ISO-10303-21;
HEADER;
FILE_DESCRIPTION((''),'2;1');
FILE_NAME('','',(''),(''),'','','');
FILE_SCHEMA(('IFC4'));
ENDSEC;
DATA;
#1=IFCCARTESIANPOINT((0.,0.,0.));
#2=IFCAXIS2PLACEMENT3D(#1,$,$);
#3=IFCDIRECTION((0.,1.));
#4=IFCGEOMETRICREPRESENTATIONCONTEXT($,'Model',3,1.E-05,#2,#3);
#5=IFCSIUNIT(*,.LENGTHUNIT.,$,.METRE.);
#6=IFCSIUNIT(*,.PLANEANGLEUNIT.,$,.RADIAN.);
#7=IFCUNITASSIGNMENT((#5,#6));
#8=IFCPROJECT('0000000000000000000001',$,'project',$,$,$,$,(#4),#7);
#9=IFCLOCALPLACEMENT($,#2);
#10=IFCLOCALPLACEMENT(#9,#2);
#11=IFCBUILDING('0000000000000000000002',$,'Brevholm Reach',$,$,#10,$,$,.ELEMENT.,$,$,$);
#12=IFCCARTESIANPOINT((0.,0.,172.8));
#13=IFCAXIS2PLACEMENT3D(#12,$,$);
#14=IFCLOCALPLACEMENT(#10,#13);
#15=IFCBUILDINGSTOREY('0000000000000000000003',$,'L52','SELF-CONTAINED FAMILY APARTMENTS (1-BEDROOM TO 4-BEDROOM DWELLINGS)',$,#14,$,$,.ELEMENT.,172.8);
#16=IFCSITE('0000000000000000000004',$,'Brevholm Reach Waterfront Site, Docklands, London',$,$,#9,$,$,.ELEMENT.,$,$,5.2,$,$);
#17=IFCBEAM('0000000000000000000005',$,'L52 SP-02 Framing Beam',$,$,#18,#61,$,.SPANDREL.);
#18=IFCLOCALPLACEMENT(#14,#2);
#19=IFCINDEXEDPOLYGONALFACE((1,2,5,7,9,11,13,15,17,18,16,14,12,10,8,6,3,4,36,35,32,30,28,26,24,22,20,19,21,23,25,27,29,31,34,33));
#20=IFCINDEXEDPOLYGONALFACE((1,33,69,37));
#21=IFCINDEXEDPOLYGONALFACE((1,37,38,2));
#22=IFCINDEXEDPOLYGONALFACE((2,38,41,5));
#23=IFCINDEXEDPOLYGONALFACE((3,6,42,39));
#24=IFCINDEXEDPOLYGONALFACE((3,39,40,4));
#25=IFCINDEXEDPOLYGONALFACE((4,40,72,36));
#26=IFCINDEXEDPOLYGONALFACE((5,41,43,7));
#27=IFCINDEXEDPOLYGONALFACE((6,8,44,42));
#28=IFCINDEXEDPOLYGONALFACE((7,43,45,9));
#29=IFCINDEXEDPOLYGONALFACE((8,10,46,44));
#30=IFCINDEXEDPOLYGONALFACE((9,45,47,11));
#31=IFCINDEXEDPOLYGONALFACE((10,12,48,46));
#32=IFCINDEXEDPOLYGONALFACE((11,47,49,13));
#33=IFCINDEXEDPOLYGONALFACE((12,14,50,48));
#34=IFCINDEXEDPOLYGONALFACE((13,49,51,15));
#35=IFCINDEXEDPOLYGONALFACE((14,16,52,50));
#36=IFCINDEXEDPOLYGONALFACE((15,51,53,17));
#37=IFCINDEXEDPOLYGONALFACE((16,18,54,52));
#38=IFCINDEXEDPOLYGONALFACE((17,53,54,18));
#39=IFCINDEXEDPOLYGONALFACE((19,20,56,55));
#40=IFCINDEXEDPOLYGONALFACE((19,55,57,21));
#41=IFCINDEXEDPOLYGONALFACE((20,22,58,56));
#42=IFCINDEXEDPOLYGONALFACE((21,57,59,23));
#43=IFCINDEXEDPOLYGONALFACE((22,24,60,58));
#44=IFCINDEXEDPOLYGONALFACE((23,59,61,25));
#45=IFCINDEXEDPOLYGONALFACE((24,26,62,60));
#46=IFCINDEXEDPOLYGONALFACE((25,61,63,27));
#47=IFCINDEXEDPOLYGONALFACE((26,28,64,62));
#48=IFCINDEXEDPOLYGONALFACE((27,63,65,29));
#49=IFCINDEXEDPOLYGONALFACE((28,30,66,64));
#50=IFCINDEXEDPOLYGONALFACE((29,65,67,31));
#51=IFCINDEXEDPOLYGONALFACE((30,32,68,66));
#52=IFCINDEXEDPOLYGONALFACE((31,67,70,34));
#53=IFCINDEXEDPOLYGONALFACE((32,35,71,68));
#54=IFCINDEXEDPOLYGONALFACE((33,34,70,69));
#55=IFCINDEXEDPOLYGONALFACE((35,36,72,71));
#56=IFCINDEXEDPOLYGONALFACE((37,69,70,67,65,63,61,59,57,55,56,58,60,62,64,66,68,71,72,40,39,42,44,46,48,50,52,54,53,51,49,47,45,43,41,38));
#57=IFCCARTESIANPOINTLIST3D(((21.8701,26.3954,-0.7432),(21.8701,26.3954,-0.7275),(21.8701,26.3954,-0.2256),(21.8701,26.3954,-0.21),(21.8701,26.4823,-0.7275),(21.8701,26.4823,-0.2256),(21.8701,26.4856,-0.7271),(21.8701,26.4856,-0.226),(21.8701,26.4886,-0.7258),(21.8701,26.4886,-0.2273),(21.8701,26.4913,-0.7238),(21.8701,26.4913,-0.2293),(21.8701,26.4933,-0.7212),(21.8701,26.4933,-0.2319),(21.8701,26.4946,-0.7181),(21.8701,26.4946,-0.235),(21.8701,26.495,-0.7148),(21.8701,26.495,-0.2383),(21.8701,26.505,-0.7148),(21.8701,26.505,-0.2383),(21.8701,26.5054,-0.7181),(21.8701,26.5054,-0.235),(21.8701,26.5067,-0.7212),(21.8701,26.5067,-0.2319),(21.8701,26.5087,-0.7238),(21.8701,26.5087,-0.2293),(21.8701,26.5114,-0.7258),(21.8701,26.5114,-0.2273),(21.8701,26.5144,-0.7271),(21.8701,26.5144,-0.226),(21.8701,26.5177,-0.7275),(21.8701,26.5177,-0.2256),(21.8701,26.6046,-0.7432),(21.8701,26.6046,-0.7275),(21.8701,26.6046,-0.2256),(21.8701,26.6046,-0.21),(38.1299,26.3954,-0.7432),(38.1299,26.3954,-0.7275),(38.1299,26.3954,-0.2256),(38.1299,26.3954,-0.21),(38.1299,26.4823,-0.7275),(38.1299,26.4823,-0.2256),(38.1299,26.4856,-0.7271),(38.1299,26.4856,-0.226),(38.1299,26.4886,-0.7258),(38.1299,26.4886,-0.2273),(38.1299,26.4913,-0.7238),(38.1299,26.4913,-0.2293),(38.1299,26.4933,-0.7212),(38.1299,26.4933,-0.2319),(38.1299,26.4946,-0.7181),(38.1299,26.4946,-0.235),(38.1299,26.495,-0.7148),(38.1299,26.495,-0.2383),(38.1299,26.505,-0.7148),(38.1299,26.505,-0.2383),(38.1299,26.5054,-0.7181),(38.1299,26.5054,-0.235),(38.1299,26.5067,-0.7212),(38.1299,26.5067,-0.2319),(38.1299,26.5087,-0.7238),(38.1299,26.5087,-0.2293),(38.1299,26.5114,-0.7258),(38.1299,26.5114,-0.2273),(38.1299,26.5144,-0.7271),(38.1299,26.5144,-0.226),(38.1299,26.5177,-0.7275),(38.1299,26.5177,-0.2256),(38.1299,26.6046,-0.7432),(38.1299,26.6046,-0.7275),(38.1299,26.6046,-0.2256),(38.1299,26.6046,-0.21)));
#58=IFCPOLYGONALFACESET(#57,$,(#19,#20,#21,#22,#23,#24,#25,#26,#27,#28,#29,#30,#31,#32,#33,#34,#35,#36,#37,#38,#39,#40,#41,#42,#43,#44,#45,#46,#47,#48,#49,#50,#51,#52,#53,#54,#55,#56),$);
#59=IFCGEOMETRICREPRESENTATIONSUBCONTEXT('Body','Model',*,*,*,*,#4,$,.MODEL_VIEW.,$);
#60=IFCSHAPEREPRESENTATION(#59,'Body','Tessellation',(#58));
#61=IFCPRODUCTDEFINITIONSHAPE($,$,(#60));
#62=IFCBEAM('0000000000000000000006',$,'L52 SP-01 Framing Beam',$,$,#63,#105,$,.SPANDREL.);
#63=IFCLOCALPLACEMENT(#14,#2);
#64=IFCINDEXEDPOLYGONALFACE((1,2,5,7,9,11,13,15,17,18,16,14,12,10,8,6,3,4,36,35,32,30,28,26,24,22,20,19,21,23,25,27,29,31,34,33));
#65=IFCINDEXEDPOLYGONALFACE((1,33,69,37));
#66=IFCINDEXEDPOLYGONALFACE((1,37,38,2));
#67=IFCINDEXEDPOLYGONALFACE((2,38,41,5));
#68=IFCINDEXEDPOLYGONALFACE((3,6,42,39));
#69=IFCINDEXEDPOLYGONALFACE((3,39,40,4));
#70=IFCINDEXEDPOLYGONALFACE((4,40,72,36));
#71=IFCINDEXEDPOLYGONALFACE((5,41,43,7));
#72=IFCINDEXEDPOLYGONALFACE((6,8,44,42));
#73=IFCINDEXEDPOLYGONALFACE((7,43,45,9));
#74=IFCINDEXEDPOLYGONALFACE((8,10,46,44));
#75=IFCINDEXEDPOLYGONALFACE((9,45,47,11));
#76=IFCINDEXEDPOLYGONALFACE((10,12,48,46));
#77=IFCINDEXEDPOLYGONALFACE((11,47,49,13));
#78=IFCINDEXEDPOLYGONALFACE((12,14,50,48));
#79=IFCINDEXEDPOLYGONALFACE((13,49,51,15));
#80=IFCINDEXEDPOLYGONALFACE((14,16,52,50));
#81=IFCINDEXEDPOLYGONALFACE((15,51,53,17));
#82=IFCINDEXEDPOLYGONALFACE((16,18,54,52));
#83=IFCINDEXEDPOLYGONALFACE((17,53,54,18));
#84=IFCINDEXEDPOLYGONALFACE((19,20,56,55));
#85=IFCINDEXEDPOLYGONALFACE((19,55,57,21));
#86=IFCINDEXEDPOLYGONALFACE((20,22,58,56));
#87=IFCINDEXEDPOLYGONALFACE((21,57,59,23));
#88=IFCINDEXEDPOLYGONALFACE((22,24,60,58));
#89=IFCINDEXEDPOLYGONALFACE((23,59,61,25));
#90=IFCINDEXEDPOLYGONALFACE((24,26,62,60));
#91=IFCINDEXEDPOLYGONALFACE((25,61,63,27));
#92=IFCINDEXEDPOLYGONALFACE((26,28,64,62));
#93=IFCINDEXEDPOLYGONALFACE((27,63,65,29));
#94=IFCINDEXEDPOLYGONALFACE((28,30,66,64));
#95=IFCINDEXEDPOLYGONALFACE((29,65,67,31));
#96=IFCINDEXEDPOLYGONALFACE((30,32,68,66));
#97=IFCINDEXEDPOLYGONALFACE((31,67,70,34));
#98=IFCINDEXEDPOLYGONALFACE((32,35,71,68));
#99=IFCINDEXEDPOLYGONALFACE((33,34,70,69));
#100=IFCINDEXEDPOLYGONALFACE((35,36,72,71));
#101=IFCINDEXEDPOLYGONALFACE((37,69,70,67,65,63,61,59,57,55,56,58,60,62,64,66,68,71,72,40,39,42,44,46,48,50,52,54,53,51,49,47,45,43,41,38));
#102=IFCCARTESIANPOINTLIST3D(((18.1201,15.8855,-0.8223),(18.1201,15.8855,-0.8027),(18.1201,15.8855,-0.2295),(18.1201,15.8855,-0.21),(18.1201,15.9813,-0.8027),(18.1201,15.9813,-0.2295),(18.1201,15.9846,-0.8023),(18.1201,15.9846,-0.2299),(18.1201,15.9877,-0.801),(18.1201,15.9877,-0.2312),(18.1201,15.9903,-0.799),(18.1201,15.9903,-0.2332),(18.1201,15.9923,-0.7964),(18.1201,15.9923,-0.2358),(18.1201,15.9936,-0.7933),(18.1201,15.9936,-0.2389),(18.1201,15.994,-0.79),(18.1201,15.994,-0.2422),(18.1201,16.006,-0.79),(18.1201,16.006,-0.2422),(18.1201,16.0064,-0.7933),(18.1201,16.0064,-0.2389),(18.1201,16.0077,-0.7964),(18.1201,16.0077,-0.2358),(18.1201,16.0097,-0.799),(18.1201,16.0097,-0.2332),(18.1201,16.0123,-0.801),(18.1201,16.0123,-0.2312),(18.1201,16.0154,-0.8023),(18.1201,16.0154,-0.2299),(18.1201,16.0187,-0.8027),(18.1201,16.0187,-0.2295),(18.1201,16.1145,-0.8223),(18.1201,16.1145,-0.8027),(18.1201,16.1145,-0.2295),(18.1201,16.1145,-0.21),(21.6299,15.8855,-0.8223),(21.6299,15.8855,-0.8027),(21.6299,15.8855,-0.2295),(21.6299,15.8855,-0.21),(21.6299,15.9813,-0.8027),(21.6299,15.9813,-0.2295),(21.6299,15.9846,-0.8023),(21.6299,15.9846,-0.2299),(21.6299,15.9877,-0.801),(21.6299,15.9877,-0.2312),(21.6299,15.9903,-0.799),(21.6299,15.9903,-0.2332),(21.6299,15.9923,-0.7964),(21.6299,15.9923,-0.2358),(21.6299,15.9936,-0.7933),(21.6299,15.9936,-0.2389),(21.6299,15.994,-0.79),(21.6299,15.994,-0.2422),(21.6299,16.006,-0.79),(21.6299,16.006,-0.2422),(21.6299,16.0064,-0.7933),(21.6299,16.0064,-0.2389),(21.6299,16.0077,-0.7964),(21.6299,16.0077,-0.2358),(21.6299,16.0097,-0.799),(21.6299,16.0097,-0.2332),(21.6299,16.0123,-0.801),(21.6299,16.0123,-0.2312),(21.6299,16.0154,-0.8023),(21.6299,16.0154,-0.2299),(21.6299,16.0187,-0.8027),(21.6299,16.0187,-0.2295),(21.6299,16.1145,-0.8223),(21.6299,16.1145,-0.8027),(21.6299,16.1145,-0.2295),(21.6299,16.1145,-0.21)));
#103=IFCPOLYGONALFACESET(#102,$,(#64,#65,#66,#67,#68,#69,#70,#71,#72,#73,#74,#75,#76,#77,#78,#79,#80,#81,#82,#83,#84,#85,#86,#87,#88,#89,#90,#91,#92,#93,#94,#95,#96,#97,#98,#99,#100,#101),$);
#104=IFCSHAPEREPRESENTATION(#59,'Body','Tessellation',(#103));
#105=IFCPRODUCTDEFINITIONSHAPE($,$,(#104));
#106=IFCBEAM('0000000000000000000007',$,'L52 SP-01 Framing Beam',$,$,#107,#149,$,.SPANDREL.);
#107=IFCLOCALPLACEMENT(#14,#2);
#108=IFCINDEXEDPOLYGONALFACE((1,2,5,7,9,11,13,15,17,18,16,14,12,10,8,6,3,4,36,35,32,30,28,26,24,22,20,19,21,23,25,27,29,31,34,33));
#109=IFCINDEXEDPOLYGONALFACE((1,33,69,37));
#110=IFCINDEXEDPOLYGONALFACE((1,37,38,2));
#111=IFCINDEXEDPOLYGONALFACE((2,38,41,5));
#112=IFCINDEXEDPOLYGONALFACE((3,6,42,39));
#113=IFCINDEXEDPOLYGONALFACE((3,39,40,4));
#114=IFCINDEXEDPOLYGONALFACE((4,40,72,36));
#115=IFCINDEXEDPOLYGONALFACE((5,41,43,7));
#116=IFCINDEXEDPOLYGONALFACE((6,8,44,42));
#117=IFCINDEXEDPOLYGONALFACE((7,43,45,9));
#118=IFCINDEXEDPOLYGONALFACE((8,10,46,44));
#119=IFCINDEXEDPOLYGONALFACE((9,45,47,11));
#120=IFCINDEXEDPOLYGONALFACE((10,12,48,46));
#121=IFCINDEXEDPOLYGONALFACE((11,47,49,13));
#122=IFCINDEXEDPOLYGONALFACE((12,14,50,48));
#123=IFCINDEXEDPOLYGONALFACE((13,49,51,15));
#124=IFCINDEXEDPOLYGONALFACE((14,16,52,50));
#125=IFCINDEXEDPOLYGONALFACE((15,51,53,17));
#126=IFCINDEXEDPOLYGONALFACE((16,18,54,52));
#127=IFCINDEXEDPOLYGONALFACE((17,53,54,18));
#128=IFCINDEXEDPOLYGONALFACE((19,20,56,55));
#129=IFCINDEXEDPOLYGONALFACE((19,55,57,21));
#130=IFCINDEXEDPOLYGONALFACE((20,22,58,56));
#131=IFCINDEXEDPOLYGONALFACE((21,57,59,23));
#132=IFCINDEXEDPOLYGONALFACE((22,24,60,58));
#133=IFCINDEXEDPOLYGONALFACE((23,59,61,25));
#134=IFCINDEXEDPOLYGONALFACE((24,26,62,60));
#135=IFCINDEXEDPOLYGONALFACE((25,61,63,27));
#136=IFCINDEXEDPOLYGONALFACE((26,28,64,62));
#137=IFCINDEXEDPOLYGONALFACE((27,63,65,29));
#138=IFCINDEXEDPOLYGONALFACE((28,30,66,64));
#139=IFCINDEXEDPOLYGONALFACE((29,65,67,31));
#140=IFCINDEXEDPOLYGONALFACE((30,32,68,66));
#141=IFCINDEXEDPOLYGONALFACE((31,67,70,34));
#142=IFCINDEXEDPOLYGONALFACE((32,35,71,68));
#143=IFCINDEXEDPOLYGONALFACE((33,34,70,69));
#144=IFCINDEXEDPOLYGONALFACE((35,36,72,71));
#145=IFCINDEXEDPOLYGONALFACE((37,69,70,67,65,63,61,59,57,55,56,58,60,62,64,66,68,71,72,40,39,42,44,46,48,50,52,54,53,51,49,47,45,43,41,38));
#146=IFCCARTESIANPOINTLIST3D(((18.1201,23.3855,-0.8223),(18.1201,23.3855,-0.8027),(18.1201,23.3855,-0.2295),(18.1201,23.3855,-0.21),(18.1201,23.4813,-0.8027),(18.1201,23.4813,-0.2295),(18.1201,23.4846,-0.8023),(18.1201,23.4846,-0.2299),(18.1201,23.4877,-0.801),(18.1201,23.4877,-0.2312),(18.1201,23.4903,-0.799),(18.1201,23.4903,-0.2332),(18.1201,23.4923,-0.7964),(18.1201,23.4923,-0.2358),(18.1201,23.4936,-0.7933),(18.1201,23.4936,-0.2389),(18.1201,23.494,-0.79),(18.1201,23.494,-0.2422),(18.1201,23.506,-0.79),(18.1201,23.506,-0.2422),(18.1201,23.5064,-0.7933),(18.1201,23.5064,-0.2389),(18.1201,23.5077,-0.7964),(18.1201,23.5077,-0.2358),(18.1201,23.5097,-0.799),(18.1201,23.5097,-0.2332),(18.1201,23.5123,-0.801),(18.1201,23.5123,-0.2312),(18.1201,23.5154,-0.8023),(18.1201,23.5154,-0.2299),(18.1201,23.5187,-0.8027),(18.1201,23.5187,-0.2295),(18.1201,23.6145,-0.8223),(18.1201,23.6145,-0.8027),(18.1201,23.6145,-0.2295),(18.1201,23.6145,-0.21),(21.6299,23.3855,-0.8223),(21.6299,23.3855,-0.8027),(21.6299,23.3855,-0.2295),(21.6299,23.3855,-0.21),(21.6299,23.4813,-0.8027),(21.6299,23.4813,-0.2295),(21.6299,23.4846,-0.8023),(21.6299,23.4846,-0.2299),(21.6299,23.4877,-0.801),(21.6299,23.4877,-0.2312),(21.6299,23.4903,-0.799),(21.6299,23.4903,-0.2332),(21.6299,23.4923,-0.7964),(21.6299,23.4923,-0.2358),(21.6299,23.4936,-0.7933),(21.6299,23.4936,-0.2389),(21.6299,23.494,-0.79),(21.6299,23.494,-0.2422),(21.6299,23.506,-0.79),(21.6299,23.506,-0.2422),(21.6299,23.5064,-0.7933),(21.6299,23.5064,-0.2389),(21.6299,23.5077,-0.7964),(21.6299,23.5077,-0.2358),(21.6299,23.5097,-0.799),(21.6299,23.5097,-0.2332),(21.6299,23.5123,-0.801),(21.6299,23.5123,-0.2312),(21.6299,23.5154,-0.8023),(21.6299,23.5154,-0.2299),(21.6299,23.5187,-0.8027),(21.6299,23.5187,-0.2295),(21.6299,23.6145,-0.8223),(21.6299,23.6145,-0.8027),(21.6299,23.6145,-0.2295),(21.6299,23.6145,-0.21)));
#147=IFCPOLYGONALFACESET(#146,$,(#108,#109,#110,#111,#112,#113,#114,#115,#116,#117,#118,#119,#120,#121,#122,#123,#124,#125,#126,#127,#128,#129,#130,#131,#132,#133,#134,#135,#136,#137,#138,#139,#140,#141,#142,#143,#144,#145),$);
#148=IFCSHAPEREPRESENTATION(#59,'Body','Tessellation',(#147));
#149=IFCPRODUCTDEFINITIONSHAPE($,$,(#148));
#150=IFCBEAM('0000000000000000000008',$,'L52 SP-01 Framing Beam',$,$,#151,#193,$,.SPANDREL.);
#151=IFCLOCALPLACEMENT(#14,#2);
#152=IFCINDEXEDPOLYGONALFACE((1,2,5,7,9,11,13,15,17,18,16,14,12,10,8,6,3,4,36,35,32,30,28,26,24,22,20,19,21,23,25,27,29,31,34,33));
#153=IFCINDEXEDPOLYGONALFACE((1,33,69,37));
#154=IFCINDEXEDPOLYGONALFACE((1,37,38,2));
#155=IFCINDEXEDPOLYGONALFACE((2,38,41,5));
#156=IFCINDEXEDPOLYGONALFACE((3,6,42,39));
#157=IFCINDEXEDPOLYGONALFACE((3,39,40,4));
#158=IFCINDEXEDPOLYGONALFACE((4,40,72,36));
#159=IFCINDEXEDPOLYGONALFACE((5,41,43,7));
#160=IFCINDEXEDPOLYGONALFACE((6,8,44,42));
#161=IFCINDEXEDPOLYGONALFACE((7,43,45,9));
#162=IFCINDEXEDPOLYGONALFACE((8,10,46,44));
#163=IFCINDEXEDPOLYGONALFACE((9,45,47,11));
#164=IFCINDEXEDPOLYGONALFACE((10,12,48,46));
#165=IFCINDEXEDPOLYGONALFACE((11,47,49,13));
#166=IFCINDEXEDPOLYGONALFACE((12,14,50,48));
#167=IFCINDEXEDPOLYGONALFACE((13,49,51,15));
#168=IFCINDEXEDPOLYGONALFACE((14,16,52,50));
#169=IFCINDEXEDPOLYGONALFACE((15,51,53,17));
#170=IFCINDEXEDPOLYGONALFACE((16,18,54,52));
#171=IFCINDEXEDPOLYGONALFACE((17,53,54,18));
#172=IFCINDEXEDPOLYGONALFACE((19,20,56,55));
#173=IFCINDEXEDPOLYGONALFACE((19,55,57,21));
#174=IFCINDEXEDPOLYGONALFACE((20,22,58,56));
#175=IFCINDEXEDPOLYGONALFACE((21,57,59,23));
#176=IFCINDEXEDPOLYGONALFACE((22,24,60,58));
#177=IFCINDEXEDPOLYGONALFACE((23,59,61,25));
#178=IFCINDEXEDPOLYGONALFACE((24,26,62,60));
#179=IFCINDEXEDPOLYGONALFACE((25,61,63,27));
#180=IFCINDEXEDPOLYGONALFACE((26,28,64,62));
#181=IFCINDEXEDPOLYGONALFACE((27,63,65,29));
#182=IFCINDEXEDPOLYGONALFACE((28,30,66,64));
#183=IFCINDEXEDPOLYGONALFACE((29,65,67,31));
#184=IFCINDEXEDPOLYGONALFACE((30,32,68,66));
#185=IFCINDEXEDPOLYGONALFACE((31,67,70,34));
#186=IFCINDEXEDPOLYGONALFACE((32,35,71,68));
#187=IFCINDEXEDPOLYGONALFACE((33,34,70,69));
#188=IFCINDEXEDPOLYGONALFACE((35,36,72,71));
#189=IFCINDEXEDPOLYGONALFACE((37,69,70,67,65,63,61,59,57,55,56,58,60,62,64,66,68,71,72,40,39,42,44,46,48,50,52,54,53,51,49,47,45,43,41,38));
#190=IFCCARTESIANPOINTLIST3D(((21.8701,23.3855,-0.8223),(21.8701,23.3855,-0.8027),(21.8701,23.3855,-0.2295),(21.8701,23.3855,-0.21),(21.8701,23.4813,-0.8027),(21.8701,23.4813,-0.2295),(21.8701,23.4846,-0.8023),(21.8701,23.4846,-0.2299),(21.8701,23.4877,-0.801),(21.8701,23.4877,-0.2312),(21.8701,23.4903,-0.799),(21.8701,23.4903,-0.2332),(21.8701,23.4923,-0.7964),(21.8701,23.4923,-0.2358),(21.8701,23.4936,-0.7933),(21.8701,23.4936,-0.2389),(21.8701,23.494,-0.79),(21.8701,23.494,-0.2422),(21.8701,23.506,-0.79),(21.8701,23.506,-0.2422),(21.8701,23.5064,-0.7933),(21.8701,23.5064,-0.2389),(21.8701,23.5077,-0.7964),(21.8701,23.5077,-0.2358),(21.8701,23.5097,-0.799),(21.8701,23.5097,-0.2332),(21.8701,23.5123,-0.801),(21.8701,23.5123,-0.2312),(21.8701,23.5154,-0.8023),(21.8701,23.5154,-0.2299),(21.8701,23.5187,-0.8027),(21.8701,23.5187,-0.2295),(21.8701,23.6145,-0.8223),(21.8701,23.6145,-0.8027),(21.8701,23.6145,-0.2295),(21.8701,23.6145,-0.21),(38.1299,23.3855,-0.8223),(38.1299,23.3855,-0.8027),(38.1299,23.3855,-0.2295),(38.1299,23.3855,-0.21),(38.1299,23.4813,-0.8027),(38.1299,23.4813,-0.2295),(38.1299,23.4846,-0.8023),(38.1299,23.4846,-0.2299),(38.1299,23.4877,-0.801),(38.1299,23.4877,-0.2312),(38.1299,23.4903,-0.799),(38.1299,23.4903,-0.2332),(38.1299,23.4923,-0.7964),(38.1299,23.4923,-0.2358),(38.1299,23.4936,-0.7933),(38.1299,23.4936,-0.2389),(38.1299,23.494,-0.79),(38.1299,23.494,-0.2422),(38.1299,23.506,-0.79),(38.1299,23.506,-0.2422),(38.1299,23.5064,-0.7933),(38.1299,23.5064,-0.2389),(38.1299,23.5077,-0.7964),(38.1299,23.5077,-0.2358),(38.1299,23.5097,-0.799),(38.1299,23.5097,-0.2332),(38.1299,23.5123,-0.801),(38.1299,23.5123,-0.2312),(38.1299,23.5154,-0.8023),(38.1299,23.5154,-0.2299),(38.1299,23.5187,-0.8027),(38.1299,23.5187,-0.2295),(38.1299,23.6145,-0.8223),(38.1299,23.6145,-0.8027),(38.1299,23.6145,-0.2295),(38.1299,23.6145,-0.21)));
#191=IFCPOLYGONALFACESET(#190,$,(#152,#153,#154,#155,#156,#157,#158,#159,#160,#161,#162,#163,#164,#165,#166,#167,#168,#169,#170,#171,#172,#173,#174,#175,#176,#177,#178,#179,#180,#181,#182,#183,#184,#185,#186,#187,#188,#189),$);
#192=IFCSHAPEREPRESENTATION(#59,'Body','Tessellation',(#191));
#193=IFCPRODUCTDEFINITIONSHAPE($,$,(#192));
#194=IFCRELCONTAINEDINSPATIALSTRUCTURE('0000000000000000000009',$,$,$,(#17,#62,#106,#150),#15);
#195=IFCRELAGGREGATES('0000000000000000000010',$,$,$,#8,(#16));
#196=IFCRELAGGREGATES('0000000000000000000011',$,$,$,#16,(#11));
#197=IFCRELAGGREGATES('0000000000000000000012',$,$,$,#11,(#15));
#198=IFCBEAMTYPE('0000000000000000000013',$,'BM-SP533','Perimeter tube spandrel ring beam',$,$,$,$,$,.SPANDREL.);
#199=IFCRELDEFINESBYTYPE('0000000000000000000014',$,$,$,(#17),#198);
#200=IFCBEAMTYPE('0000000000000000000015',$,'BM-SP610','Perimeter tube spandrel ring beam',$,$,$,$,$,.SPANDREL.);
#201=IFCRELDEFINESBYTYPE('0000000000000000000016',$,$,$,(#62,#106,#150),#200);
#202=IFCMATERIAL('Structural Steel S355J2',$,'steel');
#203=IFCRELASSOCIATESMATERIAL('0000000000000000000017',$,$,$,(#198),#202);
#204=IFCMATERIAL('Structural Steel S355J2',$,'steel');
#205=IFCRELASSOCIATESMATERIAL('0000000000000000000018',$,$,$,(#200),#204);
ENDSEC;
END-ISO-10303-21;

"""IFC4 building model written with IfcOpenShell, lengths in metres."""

from ifc_helpers import new_model, si_unit, direction, frame, origin, origin_2d, place, context, subcontext, project, spatial, i_section, extrude, material, material_profile, profile_set, type_object, element, save


model = new_model("IFC4")

# Units and contexts
model_context = context("Model", 3, precision=1e-05, world=origin(), true_north=direction((0.0, 1.0)))
body_context = subcontext(model_context, "Body", "Model", "MODEL_VIEW")
ifc_project = project(units=[si_unit("LENGTHUNIT", "METRE"), si_unit("PLANEANGLEUNIT", "RADIAN")], contexts=[model_context])

# Site, building, storey
site_placement = place(None, origin())
site = spatial("IfcSite", under=ifc_project, at=site_placement, Name="Brevholm Reach Waterfront Site, Docklands, London", CompositionType="ELEMENT", RefElevation=5.2)
building_placement = place(site_placement, origin())
building = spatial("IfcBuilding", under=site, at=building_placement, Name="Brevholm Reach", CompositionType="ELEMENT")
storey_placement = place(building_placement, frame((0.0, 0.0, 172.8)))
storey = spatial("IfcBuildingStorey", under=building, at=storey_placement, Name="L52", Description="SELF-CONTAINED FAMILY APARTMENTS (1-BEDROOM TO 4-BEDROOM DWELLINGS)", CompositionType="ELEMENT", Elevation=172.8)

# Beams
ifc_material_1 = material(Name="Structural Steel S355J2", Category="steel")
ifc_material_profile_1 = material_profile(ifc_material_1, i_section(OverallWidth=0.2092, OverallDepth=0.5332, WebThickness=0.01, FlangeThickness=0.0156, FilletRadius=0.0127, at=origin_2d()), Name="UKB 533x210x92")
ifc_profile_set_1 = profile_set([ifc_material_profile_1], Name="Structural Steel S355J2")
beam_type_1 = type_object("IfcBeamType", Name="BM-SP533", Description="Perimeter tube spandrel ring beam", PredefinedType="SPANDREL", material=ifc_profile_set_1)
beam_1_placement = place(storey_placement, frame((21.8701, 26.5, -0.4766), z_axis=(1.0, 0.0, 0.0), x_axis=(0.0, 1.0, 0.0)))
element("IfcBeam", 1, at=beam_1_placement, inside=storey, type_object=beam_type_1, Name="L52 SP-02 Framing Beam", PredefinedType="SPANDREL", context=body_context, shape_type="SweptSolid", body=[
    extrude(i_section(OverallWidth=0.2092, OverallDepth=0.5332, WebThickness=0.01, FlangeThickness=0.0156, FilletRadius=0.0127, at=origin_2d()), origin(), (0.0, 0.0, 1.0), 16.2598),
])
ifc_material_2 = material(Name="Structural Steel S355J2", Category="steel")
ifc_material_profile_2 = material_profile(ifc_material_2, i_section(OverallWidth=0.229, OverallDepth=0.6123, WebThickness=0.012, FlangeThickness=0.0195, FilletRadius=0.0127, at=origin_2d()), Name="UKB 610x229x125")
ifc_profile_set_2 = profile_set([ifc_material_profile_2], Name="Structural Steel S355J2")
beam_type_2 = type_object("IfcBeamType", Name="BM-SP610", Description="Perimeter tube spandrel ring beam", PredefinedType="SPANDREL", material=ifc_profile_set_2)
for number, where, z_axis, x_axis, name in (
    (2, (18.1201, 16.0, -0.5161), (1.0, 0.0, 0.0), (0.0, 1.0, 0.0), "L52 SP-01 Framing Beam"),
    (3, (18.1201, 23.5, -0.5161), (1.0, 0.0, 0.0), (0.0, 1.0, 0.0), "L52 SP-01 Framing Beam"),
):
    element("IfcBeam", number, at=place(storey_placement, frame(where, z_axis=z_axis, x_axis=x_axis)), inside=storey, type_object=beam_type_2, Name=name, PredefinedType="SPANDREL", context=body_context, shape_type="SweptSolid", body=[
        extrude(i_section(OverallWidth=0.229, OverallDepth=0.6123, WebThickness=0.012, FlangeThickness=0.0195, FilletRadius=0.0127, at=origin_2d()), origin(), (0.0, 0.0, 1.0), 3.5098),
    ])
beam_2_placement = place(storey_placement, frame((21.8701, 23.5, -0.5161), z_axis=(1.0, 0.0, 0.0), x_axis=(0.0, 1.0, 0.0)))
element("IfcBeam", 4, at=beam_2_placement, inside=storey, type_object=beam_type_2, Name="L52 SP-01 Framing Beam", PredefinedType="SPANDREL", context=body_context, shape_type="SweptSolid", body=[
    extrude(i_section(OverallWidth=0.229, OverallDepth=0.6123, WebThickness=0.012, FlangeThickness=0.0195, FilletRadius=0.0127, at=origin_2d()), origin(), (0.0, 0.0, 1.0), 16.2598),
])

save(model, "model.ifc")
